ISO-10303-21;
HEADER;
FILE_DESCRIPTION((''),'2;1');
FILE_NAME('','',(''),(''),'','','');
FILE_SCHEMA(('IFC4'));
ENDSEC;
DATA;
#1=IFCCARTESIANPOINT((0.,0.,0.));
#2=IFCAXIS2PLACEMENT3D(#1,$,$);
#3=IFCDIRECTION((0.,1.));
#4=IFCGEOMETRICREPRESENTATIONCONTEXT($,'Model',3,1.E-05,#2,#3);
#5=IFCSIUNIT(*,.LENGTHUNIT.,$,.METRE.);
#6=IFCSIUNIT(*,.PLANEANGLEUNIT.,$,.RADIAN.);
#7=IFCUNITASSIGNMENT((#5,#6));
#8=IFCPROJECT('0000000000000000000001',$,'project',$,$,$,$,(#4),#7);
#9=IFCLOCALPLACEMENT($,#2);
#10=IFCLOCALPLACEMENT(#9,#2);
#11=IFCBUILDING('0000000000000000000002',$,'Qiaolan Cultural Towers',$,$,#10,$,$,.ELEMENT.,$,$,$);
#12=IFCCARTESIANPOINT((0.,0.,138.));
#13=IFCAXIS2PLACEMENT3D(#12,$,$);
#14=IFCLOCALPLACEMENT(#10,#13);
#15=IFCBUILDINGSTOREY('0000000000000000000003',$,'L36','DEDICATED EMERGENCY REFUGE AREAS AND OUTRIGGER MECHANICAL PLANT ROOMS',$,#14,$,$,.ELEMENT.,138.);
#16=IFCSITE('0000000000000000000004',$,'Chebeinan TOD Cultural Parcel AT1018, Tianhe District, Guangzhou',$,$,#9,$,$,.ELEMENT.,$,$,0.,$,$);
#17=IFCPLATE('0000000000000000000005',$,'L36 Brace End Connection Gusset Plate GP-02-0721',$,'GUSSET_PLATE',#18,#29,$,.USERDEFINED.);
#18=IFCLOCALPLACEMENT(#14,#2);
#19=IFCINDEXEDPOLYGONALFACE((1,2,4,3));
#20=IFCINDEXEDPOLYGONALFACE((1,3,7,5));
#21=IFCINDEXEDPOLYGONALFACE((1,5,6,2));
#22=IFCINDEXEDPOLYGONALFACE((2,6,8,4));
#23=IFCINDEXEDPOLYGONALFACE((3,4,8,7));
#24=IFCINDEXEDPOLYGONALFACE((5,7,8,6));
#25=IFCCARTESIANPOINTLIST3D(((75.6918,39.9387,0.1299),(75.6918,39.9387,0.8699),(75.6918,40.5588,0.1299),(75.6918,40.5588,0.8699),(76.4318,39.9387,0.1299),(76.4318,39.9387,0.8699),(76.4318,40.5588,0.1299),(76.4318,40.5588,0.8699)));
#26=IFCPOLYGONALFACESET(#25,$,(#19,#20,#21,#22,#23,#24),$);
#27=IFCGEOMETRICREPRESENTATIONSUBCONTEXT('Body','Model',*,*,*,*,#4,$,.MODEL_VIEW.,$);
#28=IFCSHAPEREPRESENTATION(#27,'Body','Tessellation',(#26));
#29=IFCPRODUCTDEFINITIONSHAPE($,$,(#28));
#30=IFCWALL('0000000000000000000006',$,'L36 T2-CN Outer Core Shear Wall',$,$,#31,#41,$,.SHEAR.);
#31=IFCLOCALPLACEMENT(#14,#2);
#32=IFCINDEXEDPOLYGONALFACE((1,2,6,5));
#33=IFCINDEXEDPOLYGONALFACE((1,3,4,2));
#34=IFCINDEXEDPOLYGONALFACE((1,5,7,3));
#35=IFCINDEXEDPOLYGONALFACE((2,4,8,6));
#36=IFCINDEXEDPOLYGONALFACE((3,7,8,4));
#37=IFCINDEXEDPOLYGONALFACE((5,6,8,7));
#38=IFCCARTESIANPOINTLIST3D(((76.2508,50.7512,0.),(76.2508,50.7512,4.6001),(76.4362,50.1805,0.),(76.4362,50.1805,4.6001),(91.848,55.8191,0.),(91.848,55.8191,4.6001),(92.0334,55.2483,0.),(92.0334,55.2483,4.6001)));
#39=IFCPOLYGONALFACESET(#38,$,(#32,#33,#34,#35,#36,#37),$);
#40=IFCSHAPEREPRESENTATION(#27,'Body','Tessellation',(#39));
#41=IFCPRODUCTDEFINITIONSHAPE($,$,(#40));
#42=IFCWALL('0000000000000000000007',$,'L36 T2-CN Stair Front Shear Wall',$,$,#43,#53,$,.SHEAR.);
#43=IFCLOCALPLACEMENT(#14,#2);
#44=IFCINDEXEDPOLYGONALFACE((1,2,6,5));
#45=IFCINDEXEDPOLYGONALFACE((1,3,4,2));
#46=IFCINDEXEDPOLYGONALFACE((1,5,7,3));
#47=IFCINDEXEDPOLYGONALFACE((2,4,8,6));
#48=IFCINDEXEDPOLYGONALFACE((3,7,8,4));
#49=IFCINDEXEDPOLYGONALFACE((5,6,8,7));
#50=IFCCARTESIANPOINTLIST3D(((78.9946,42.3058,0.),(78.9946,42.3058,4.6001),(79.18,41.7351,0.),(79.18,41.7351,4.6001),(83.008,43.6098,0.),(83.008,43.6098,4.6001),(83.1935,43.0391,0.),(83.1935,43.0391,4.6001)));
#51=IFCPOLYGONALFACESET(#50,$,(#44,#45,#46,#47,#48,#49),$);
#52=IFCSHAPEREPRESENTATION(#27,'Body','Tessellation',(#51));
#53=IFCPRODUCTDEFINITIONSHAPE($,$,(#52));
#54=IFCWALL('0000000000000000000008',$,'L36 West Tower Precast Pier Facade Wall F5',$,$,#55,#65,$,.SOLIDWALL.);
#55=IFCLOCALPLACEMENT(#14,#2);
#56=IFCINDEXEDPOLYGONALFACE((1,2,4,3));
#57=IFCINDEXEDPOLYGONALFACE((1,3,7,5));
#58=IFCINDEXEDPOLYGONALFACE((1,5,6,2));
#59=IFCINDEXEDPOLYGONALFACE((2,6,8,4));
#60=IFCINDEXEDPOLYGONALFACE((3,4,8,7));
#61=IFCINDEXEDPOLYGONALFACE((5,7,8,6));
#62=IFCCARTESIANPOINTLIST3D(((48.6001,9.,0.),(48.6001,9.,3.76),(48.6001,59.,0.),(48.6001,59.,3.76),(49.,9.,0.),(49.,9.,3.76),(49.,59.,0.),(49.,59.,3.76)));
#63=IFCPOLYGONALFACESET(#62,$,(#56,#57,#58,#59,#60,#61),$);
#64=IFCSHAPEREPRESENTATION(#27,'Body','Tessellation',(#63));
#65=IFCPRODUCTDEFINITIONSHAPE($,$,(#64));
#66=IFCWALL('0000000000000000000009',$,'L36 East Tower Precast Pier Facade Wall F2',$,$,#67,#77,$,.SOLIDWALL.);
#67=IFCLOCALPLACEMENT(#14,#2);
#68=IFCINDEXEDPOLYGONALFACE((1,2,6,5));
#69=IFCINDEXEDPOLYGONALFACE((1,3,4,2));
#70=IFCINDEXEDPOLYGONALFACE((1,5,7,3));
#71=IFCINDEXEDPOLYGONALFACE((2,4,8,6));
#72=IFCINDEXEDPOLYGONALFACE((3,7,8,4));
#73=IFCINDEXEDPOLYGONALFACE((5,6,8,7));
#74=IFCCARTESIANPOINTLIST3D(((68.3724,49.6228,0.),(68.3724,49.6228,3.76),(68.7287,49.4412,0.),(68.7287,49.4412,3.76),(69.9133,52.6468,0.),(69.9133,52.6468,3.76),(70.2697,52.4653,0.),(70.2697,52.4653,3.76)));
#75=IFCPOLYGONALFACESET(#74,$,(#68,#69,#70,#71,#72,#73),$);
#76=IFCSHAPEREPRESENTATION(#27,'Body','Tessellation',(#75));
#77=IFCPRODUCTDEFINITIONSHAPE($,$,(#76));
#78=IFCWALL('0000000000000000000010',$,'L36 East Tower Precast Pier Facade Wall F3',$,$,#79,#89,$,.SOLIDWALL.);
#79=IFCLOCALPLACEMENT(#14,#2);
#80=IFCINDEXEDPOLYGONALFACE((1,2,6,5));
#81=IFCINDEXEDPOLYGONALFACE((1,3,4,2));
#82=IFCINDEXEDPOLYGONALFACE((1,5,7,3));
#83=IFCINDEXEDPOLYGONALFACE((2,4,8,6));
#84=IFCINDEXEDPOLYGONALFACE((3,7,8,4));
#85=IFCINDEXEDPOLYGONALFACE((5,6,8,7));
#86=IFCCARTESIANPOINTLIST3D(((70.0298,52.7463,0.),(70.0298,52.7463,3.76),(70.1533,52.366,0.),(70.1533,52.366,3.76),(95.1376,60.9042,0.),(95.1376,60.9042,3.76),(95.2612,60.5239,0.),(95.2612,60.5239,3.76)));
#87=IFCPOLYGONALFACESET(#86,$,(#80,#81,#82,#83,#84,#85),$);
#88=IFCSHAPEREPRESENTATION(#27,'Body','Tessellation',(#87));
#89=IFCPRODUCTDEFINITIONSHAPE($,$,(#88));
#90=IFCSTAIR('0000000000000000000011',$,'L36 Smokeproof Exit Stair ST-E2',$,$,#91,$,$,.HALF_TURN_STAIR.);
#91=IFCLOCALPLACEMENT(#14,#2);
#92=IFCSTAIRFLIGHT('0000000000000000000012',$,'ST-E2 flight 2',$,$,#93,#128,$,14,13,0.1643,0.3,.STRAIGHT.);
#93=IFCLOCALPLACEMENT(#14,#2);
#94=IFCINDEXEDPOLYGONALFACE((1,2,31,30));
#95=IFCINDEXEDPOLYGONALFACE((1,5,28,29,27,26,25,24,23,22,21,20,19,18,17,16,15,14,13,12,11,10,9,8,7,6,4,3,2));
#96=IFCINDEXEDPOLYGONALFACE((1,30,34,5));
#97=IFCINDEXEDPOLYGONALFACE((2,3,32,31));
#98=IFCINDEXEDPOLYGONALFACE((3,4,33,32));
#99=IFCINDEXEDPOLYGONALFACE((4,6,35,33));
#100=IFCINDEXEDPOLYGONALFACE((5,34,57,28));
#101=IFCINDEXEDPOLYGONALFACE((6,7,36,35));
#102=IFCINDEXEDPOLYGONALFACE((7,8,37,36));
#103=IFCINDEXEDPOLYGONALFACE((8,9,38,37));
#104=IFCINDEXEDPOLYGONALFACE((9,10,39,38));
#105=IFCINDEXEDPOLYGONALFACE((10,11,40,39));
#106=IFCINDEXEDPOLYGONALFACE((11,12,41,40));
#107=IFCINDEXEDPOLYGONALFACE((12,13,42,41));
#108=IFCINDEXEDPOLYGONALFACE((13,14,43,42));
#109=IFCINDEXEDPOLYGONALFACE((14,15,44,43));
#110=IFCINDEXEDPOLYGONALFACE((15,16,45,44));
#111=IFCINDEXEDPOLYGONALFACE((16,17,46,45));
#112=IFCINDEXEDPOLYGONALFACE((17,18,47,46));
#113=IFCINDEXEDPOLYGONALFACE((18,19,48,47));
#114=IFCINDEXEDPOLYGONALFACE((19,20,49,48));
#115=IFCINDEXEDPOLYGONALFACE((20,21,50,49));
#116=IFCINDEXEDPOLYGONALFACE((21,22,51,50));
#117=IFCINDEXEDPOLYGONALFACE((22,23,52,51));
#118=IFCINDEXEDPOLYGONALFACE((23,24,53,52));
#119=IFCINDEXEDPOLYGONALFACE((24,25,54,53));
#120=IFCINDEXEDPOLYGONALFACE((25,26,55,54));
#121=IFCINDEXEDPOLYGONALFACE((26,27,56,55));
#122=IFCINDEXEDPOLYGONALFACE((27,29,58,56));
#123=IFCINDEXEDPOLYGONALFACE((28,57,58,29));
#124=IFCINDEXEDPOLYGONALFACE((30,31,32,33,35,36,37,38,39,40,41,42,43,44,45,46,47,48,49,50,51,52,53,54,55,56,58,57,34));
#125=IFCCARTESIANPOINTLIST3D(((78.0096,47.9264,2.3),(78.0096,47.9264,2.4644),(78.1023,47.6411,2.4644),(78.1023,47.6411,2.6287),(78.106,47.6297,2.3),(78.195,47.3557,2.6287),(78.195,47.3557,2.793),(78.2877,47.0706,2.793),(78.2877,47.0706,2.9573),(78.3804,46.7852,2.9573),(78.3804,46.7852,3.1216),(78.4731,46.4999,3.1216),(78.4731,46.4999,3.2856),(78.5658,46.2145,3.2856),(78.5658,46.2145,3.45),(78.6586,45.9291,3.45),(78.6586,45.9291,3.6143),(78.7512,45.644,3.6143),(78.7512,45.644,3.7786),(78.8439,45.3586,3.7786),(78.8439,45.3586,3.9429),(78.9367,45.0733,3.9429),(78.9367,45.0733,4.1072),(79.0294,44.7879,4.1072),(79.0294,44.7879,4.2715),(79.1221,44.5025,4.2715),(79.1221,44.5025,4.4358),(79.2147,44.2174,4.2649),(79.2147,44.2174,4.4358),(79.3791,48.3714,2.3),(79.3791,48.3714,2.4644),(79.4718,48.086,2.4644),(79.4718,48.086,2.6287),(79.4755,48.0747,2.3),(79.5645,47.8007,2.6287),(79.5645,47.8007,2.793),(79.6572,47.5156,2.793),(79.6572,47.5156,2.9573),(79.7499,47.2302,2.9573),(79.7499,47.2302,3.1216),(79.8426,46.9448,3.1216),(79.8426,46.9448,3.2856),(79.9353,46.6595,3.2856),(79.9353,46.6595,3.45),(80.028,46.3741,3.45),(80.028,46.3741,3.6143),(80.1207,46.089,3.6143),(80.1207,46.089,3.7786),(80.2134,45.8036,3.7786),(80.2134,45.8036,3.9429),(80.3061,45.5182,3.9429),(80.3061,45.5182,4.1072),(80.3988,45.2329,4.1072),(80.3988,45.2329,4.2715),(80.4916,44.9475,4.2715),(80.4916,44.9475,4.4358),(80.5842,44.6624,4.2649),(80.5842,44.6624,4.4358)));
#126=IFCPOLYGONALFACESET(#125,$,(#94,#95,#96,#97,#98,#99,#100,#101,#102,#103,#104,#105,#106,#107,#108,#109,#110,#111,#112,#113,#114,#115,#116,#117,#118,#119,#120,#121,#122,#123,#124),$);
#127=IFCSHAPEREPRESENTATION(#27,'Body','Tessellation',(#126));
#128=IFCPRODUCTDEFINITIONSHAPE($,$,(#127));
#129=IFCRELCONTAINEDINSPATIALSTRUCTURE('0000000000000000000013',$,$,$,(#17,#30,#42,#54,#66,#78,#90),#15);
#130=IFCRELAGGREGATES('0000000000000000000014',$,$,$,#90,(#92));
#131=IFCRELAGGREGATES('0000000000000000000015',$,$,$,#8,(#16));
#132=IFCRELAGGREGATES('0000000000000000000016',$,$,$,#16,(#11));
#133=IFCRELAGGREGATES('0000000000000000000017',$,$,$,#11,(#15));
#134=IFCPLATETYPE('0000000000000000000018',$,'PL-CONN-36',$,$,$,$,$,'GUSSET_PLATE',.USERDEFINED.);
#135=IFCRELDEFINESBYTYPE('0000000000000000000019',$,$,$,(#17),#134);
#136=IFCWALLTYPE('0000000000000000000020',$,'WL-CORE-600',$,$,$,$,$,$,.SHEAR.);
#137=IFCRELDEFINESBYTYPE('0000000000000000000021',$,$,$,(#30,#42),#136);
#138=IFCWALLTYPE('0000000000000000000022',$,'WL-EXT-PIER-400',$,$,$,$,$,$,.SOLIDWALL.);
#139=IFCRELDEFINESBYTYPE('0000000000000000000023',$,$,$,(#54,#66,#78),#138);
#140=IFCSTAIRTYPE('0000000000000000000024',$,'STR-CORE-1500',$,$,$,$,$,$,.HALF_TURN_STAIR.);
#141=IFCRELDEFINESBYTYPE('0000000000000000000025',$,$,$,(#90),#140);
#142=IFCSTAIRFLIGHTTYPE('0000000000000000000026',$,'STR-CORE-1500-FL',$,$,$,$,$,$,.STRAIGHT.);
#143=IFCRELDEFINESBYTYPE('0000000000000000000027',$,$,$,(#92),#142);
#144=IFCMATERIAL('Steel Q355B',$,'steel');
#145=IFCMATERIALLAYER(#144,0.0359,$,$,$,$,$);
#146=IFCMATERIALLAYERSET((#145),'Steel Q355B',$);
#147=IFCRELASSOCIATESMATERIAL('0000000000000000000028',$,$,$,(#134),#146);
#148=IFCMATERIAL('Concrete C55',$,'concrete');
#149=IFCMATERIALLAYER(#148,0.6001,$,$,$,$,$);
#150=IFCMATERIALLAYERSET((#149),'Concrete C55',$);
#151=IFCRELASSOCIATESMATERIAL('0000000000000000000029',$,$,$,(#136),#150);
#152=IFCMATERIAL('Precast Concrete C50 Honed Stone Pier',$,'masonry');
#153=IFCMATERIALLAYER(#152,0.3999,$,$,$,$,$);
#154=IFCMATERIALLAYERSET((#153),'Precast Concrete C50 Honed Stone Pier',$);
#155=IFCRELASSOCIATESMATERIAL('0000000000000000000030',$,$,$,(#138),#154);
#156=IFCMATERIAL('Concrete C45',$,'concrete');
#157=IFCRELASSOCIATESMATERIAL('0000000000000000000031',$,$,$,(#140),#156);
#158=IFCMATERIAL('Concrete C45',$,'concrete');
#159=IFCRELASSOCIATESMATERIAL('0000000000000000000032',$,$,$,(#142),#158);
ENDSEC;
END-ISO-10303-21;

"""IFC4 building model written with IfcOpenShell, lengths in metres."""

from ifc_helpers import new_model, si_unit, direction, frame, frame_2d, origin, origin_2d, place, context, subcontext, project, spatial, polyline, rectangle, outline, extrude, material, layer, layer_set, type_object, element, aggregate, save


model = new_model("IFC4")

# Units and contexts
model_context = context("Model", 3, precision=1e-05, world=origin(), true_north=direction((0.0, 1.0)))
body_context = subcontext(model_context, "Body", "Model", "MODEL_VIEW")
ifc_project = project(units=[si_unit("LENGTHUNIT", "METRE"), si_unit("PLANEANGLEUNIT", "RADIAN")], contexts=[model_context])

# Site, building, storey
site_placement = place(None, origin())
site = spatial("IfcSite", under=ifc_project, at=site_placement, Name="Chebeinan TOD Cultural Parcel AT1018, Tianhe District, Guangzhou", CompositionType="ELEMENT", RefElevation=0.0)
building_placement = place(site_placement, origin())
building = spatial("IfcBuilding", under=site, at=building_placement, Name="Qiaolan Cultural Towers", CompositionType="ELEMENT")
storey_placement = place(building_placement, frame((0.0, 0.0, 138.0)))
storey = spatial("IfcBuildingStorey", under=building, at=storey_placement, Name="L36", Description="DEDICATED EMERGENCY REFUGE AREAS AND OUTRIGGER MECHANICAL PLANT ROOMS", CompositionType="ELEMENT", Elevation=138.0)

# Plate
ifc_material_1 = material(Name="Steel Q355B", Category="steel")
ifc_layer_1 = layer(ifc_material_1, 0.0359)
ifc_layer_set_1 = layer_set([ifc_layer_1], Name="Steel Q355B")
plate_type = type_object("IfcPlateType", Name="PL-CONN-36", ElementType="GUSSET_PLATE", PredefinedType="USERDEFINED", material=ifc_layer_set_1)
for number, where, z_axis, x_axis, name in (
    (1, (76.0618, 40.2488, 0.1299), (0.0, 0.0, 1.0), (1.0, 0.0, 0.0), "L36 Brace End Connection Gusset Plate GP-02-0721"),
):
    element("IfcPlate", number, at=place(storey_placement, frame(where, z_axis=z_axis, x_axis=x_axis)), inside=storey, type_object=plate_type, Name=name, ObjectType="GUSSET_PLATE", PredefinedType="USERDEFINED", context=body_context, shape_type="SweptSolid", body=[
        extrude(rectangle(XDim=0.74, YDim=0.6201, at=origin_2d()), origin(), (0.0, 0.0, 1.0), 0.74),
    ])

# Walls
ifc_material_2 = material(Name="Concrete C55", Category="concrete")
ifc_layer_2 = layer(ifc_material_2, 0.6001)
ifc_layer_set_2 = layer_set([ifc_layer_2], Name="Concrete C55")
wall_type_1 = type_object("IfcWallType", Name="WL-CORE-600", PredefinedType="SHEAR", material=ifc_layer_set_2)
wall_1_placement = place(storey_placement, frame((76.3435, 50.4658, 0.0), z_axis=(0.0, 0.0, 1.0), x_axis=(0.951056, 0.309019, 0.0)))
element("IfcWall", 2, at=wall_1_placement, inside=storey, type_object=wall_type_1, Name="L36 T2-CN Outer Core Shear Wall", PredefinedType="SHEAR", context=body_context, shape_type="SweptSolid", body=[
    extrude(rectangle(XDim=16.3999, YDim=0.6001, at=frame_2d((8.2, 0.0))), origin(), (0.0, 0.0, 1.0), 4.6001),
])
wall_2_placement = place(storey_placement, frame((79.0874, 42.0205, 0.0), z_axis=(0.0, 0.0, 1.0), x_axis=(0.951063, 0.308998, 0.0)))
element("IfcWall", 3, at=wall_2_placement, inside=storey, type_object=wall_type_1, Name="L36 T2-CN Stair Front Shear Wall", PredefinedType="SHEAR", context=body_context, shape_type="SweptSolid", body=[
    extrude(rectangle(XDim=4.22, YDim=0.6001, at=frame_2d((2.1099, 0.0))), origin(), (0.0, 0.0, 1.0), 4.6001),
])
ifc_material_3 = material(Name="Precast Concrete C50 Honed Stone Pier", Category="masonry")
ifc_layer_3 = layer(ifc_material_3, 0.3999)
ifc_layer_set_3 = layer_set([ifc_layer_3], Name="Precast Concrete C50 Honed Stone Pier")
wall_type_2 = type_object("IfcWallType", Name="WL-EXT-PIER-400", PredefinedType="SOLIDWALL", material=ifc_layer_set_3)
wall_3_placement = place(storey_placement, frame((48.8, 59.0, 0.0), z_axis=(0.0, 0.0, 1.0), x_axis=(0.0, -1.0, 0.0)))
element("IfcWall", 4, at=wall_3_placement, inside=storey, type_object=wall_type_2, Name="L36 West Tower Precast Pier Facade Wall F5", PredefinedType="SOLIDWALL", context=body_context, shape_type="SweptSolid", body=[
    extrude(rectangle(XDim=50.0, YDim=0.3999, at=frame_2d((25.0, 0.0))), origin(), (0.0, 0.0, 1.0), 3.76),
])
wall_4_placement = place(storey_placement, frame((68.5505, 49.532, 0.0), z_axis=(0.0, 0.0, 1.0), x_axis=(0.45402, 0.890992, 0.0)))
element("IfcWall", 5, at=wall_4_placement, inside=storey, type_object=wall_type_2, Name="L36 East Tower Precast Pier Facade Wall F2", PredefinedType="SOLIDWALL", context=body_context, shape_type="SweptSolid", body=[
    extrude(rectangle(XDim=3.394, YDim=0.3999, at=frame_2d((1.697, 0.0))), origin(), (0.0, 0.0, 1.0), 3.76),
])
wall_5_placement = place(storey_placement, frame((70.0916, 52.5562, 0.0), z_axis=(0.0, 0.0, 1.0), x_axis=(0.951058, 0.309014, 0.0)))
element("IfcWall", 6, at=wall_5_placement, inside=storey, type_object=wall_type_2, Name="L36 East Tower Precast Pier Facade Wall F3", PredefinedType="SOLIDWALL", context=body_context, shape_type="SweptSolid", body=[
    extrude(rectangle(XDim=26.3999, YDim=0.3999, at=frame_2d((13.2, 0.0))), origin(), (0.0, 0.0, 1.0), 3.76),
])

# Stair, stair flight
ifc_material_4 = material(Name="Concrete C45", Category="concrete")
stair_type = type_object("IfcStairType", Name="STR-CORE-1500", PredefinedType="HALF_TURN_STAIR", material=ifc_material_4)
stair_placement = place(storey_placement, origin())
stair = element("IfcStair", 7, at=stair_placement, inside=storey, type_object=stair_type, Name="L36 Smokeproof Exit Stair ST-E2", PredefinedType="HALF_TURN_STAIR")
ifc_material_5 = material(Name="Concrete C45", Category="concrete")
stair_flight_type = type_object("IfcStairFlightType", Name="STR-CORE-1500-FL", PredefinedType="STRAIGHT", material=ifc_material_5)
stair_flight_placement = place(storey_placement, frame((78.6943, 48.1489, 2.3), z_axis=(0.0, 0.0, 1.0), x_axis=(0.309017, -0.951057, 0.0)))
stair_flight = element("IfcStairFlight", 8, at=stair_flight_placement, type_object=stair_flight_type, Name="ST-E2 flight 2", NumberOfRisers=14, NumberOfTreads=13, PredefinedType="STRAIGHT", RiserHeight=0.1643, TreadLength=0.3, context=body_context, shape_type="SweptSolid", body=[
    extrude(outline(polyline([(0.0, 0.0), (0.0, 0.1643), (0.3, 0.1643), (0.3, 0.3286), (0.6001, 0.3286), (0.6001, 0.4929), (0.8999, 0.4929), (0.8999, 0.6572), (1.2, 0.6572), (1.2, 0.8215), (1.5, 0.8215), (1.5, 0.9856), (1.8, 0.9856), (1.8, 1.1499), (2.1001, 1.1499), (2.1001, 1.3142), (2.3999, 1.3142), (2.3999, 1.4785), (2.7, 1.4785), (2.7, 1.6428), (3.0, 1.6428), (3.0, 1.8071), (3.3, 1.8071), (3.3, 1.9714), (3.6001, 1.9714), (3.6001, 2.1357), (3.8999, 2.1357), (3.8999, 2.3), (3.8999, 1.9648), (0.312, 0.0), (0.0, 0.0)])), frame((0.0, 0.72, 0.0), z_axis=(0.0, -1.0, 0.0), x_axis=(1.0, 0.0, 0.0)), (0.0, 0.0, 1.0), 1.4399),
])
aggregate(stair, [stair_flight])

save(model, "model.ifc")
